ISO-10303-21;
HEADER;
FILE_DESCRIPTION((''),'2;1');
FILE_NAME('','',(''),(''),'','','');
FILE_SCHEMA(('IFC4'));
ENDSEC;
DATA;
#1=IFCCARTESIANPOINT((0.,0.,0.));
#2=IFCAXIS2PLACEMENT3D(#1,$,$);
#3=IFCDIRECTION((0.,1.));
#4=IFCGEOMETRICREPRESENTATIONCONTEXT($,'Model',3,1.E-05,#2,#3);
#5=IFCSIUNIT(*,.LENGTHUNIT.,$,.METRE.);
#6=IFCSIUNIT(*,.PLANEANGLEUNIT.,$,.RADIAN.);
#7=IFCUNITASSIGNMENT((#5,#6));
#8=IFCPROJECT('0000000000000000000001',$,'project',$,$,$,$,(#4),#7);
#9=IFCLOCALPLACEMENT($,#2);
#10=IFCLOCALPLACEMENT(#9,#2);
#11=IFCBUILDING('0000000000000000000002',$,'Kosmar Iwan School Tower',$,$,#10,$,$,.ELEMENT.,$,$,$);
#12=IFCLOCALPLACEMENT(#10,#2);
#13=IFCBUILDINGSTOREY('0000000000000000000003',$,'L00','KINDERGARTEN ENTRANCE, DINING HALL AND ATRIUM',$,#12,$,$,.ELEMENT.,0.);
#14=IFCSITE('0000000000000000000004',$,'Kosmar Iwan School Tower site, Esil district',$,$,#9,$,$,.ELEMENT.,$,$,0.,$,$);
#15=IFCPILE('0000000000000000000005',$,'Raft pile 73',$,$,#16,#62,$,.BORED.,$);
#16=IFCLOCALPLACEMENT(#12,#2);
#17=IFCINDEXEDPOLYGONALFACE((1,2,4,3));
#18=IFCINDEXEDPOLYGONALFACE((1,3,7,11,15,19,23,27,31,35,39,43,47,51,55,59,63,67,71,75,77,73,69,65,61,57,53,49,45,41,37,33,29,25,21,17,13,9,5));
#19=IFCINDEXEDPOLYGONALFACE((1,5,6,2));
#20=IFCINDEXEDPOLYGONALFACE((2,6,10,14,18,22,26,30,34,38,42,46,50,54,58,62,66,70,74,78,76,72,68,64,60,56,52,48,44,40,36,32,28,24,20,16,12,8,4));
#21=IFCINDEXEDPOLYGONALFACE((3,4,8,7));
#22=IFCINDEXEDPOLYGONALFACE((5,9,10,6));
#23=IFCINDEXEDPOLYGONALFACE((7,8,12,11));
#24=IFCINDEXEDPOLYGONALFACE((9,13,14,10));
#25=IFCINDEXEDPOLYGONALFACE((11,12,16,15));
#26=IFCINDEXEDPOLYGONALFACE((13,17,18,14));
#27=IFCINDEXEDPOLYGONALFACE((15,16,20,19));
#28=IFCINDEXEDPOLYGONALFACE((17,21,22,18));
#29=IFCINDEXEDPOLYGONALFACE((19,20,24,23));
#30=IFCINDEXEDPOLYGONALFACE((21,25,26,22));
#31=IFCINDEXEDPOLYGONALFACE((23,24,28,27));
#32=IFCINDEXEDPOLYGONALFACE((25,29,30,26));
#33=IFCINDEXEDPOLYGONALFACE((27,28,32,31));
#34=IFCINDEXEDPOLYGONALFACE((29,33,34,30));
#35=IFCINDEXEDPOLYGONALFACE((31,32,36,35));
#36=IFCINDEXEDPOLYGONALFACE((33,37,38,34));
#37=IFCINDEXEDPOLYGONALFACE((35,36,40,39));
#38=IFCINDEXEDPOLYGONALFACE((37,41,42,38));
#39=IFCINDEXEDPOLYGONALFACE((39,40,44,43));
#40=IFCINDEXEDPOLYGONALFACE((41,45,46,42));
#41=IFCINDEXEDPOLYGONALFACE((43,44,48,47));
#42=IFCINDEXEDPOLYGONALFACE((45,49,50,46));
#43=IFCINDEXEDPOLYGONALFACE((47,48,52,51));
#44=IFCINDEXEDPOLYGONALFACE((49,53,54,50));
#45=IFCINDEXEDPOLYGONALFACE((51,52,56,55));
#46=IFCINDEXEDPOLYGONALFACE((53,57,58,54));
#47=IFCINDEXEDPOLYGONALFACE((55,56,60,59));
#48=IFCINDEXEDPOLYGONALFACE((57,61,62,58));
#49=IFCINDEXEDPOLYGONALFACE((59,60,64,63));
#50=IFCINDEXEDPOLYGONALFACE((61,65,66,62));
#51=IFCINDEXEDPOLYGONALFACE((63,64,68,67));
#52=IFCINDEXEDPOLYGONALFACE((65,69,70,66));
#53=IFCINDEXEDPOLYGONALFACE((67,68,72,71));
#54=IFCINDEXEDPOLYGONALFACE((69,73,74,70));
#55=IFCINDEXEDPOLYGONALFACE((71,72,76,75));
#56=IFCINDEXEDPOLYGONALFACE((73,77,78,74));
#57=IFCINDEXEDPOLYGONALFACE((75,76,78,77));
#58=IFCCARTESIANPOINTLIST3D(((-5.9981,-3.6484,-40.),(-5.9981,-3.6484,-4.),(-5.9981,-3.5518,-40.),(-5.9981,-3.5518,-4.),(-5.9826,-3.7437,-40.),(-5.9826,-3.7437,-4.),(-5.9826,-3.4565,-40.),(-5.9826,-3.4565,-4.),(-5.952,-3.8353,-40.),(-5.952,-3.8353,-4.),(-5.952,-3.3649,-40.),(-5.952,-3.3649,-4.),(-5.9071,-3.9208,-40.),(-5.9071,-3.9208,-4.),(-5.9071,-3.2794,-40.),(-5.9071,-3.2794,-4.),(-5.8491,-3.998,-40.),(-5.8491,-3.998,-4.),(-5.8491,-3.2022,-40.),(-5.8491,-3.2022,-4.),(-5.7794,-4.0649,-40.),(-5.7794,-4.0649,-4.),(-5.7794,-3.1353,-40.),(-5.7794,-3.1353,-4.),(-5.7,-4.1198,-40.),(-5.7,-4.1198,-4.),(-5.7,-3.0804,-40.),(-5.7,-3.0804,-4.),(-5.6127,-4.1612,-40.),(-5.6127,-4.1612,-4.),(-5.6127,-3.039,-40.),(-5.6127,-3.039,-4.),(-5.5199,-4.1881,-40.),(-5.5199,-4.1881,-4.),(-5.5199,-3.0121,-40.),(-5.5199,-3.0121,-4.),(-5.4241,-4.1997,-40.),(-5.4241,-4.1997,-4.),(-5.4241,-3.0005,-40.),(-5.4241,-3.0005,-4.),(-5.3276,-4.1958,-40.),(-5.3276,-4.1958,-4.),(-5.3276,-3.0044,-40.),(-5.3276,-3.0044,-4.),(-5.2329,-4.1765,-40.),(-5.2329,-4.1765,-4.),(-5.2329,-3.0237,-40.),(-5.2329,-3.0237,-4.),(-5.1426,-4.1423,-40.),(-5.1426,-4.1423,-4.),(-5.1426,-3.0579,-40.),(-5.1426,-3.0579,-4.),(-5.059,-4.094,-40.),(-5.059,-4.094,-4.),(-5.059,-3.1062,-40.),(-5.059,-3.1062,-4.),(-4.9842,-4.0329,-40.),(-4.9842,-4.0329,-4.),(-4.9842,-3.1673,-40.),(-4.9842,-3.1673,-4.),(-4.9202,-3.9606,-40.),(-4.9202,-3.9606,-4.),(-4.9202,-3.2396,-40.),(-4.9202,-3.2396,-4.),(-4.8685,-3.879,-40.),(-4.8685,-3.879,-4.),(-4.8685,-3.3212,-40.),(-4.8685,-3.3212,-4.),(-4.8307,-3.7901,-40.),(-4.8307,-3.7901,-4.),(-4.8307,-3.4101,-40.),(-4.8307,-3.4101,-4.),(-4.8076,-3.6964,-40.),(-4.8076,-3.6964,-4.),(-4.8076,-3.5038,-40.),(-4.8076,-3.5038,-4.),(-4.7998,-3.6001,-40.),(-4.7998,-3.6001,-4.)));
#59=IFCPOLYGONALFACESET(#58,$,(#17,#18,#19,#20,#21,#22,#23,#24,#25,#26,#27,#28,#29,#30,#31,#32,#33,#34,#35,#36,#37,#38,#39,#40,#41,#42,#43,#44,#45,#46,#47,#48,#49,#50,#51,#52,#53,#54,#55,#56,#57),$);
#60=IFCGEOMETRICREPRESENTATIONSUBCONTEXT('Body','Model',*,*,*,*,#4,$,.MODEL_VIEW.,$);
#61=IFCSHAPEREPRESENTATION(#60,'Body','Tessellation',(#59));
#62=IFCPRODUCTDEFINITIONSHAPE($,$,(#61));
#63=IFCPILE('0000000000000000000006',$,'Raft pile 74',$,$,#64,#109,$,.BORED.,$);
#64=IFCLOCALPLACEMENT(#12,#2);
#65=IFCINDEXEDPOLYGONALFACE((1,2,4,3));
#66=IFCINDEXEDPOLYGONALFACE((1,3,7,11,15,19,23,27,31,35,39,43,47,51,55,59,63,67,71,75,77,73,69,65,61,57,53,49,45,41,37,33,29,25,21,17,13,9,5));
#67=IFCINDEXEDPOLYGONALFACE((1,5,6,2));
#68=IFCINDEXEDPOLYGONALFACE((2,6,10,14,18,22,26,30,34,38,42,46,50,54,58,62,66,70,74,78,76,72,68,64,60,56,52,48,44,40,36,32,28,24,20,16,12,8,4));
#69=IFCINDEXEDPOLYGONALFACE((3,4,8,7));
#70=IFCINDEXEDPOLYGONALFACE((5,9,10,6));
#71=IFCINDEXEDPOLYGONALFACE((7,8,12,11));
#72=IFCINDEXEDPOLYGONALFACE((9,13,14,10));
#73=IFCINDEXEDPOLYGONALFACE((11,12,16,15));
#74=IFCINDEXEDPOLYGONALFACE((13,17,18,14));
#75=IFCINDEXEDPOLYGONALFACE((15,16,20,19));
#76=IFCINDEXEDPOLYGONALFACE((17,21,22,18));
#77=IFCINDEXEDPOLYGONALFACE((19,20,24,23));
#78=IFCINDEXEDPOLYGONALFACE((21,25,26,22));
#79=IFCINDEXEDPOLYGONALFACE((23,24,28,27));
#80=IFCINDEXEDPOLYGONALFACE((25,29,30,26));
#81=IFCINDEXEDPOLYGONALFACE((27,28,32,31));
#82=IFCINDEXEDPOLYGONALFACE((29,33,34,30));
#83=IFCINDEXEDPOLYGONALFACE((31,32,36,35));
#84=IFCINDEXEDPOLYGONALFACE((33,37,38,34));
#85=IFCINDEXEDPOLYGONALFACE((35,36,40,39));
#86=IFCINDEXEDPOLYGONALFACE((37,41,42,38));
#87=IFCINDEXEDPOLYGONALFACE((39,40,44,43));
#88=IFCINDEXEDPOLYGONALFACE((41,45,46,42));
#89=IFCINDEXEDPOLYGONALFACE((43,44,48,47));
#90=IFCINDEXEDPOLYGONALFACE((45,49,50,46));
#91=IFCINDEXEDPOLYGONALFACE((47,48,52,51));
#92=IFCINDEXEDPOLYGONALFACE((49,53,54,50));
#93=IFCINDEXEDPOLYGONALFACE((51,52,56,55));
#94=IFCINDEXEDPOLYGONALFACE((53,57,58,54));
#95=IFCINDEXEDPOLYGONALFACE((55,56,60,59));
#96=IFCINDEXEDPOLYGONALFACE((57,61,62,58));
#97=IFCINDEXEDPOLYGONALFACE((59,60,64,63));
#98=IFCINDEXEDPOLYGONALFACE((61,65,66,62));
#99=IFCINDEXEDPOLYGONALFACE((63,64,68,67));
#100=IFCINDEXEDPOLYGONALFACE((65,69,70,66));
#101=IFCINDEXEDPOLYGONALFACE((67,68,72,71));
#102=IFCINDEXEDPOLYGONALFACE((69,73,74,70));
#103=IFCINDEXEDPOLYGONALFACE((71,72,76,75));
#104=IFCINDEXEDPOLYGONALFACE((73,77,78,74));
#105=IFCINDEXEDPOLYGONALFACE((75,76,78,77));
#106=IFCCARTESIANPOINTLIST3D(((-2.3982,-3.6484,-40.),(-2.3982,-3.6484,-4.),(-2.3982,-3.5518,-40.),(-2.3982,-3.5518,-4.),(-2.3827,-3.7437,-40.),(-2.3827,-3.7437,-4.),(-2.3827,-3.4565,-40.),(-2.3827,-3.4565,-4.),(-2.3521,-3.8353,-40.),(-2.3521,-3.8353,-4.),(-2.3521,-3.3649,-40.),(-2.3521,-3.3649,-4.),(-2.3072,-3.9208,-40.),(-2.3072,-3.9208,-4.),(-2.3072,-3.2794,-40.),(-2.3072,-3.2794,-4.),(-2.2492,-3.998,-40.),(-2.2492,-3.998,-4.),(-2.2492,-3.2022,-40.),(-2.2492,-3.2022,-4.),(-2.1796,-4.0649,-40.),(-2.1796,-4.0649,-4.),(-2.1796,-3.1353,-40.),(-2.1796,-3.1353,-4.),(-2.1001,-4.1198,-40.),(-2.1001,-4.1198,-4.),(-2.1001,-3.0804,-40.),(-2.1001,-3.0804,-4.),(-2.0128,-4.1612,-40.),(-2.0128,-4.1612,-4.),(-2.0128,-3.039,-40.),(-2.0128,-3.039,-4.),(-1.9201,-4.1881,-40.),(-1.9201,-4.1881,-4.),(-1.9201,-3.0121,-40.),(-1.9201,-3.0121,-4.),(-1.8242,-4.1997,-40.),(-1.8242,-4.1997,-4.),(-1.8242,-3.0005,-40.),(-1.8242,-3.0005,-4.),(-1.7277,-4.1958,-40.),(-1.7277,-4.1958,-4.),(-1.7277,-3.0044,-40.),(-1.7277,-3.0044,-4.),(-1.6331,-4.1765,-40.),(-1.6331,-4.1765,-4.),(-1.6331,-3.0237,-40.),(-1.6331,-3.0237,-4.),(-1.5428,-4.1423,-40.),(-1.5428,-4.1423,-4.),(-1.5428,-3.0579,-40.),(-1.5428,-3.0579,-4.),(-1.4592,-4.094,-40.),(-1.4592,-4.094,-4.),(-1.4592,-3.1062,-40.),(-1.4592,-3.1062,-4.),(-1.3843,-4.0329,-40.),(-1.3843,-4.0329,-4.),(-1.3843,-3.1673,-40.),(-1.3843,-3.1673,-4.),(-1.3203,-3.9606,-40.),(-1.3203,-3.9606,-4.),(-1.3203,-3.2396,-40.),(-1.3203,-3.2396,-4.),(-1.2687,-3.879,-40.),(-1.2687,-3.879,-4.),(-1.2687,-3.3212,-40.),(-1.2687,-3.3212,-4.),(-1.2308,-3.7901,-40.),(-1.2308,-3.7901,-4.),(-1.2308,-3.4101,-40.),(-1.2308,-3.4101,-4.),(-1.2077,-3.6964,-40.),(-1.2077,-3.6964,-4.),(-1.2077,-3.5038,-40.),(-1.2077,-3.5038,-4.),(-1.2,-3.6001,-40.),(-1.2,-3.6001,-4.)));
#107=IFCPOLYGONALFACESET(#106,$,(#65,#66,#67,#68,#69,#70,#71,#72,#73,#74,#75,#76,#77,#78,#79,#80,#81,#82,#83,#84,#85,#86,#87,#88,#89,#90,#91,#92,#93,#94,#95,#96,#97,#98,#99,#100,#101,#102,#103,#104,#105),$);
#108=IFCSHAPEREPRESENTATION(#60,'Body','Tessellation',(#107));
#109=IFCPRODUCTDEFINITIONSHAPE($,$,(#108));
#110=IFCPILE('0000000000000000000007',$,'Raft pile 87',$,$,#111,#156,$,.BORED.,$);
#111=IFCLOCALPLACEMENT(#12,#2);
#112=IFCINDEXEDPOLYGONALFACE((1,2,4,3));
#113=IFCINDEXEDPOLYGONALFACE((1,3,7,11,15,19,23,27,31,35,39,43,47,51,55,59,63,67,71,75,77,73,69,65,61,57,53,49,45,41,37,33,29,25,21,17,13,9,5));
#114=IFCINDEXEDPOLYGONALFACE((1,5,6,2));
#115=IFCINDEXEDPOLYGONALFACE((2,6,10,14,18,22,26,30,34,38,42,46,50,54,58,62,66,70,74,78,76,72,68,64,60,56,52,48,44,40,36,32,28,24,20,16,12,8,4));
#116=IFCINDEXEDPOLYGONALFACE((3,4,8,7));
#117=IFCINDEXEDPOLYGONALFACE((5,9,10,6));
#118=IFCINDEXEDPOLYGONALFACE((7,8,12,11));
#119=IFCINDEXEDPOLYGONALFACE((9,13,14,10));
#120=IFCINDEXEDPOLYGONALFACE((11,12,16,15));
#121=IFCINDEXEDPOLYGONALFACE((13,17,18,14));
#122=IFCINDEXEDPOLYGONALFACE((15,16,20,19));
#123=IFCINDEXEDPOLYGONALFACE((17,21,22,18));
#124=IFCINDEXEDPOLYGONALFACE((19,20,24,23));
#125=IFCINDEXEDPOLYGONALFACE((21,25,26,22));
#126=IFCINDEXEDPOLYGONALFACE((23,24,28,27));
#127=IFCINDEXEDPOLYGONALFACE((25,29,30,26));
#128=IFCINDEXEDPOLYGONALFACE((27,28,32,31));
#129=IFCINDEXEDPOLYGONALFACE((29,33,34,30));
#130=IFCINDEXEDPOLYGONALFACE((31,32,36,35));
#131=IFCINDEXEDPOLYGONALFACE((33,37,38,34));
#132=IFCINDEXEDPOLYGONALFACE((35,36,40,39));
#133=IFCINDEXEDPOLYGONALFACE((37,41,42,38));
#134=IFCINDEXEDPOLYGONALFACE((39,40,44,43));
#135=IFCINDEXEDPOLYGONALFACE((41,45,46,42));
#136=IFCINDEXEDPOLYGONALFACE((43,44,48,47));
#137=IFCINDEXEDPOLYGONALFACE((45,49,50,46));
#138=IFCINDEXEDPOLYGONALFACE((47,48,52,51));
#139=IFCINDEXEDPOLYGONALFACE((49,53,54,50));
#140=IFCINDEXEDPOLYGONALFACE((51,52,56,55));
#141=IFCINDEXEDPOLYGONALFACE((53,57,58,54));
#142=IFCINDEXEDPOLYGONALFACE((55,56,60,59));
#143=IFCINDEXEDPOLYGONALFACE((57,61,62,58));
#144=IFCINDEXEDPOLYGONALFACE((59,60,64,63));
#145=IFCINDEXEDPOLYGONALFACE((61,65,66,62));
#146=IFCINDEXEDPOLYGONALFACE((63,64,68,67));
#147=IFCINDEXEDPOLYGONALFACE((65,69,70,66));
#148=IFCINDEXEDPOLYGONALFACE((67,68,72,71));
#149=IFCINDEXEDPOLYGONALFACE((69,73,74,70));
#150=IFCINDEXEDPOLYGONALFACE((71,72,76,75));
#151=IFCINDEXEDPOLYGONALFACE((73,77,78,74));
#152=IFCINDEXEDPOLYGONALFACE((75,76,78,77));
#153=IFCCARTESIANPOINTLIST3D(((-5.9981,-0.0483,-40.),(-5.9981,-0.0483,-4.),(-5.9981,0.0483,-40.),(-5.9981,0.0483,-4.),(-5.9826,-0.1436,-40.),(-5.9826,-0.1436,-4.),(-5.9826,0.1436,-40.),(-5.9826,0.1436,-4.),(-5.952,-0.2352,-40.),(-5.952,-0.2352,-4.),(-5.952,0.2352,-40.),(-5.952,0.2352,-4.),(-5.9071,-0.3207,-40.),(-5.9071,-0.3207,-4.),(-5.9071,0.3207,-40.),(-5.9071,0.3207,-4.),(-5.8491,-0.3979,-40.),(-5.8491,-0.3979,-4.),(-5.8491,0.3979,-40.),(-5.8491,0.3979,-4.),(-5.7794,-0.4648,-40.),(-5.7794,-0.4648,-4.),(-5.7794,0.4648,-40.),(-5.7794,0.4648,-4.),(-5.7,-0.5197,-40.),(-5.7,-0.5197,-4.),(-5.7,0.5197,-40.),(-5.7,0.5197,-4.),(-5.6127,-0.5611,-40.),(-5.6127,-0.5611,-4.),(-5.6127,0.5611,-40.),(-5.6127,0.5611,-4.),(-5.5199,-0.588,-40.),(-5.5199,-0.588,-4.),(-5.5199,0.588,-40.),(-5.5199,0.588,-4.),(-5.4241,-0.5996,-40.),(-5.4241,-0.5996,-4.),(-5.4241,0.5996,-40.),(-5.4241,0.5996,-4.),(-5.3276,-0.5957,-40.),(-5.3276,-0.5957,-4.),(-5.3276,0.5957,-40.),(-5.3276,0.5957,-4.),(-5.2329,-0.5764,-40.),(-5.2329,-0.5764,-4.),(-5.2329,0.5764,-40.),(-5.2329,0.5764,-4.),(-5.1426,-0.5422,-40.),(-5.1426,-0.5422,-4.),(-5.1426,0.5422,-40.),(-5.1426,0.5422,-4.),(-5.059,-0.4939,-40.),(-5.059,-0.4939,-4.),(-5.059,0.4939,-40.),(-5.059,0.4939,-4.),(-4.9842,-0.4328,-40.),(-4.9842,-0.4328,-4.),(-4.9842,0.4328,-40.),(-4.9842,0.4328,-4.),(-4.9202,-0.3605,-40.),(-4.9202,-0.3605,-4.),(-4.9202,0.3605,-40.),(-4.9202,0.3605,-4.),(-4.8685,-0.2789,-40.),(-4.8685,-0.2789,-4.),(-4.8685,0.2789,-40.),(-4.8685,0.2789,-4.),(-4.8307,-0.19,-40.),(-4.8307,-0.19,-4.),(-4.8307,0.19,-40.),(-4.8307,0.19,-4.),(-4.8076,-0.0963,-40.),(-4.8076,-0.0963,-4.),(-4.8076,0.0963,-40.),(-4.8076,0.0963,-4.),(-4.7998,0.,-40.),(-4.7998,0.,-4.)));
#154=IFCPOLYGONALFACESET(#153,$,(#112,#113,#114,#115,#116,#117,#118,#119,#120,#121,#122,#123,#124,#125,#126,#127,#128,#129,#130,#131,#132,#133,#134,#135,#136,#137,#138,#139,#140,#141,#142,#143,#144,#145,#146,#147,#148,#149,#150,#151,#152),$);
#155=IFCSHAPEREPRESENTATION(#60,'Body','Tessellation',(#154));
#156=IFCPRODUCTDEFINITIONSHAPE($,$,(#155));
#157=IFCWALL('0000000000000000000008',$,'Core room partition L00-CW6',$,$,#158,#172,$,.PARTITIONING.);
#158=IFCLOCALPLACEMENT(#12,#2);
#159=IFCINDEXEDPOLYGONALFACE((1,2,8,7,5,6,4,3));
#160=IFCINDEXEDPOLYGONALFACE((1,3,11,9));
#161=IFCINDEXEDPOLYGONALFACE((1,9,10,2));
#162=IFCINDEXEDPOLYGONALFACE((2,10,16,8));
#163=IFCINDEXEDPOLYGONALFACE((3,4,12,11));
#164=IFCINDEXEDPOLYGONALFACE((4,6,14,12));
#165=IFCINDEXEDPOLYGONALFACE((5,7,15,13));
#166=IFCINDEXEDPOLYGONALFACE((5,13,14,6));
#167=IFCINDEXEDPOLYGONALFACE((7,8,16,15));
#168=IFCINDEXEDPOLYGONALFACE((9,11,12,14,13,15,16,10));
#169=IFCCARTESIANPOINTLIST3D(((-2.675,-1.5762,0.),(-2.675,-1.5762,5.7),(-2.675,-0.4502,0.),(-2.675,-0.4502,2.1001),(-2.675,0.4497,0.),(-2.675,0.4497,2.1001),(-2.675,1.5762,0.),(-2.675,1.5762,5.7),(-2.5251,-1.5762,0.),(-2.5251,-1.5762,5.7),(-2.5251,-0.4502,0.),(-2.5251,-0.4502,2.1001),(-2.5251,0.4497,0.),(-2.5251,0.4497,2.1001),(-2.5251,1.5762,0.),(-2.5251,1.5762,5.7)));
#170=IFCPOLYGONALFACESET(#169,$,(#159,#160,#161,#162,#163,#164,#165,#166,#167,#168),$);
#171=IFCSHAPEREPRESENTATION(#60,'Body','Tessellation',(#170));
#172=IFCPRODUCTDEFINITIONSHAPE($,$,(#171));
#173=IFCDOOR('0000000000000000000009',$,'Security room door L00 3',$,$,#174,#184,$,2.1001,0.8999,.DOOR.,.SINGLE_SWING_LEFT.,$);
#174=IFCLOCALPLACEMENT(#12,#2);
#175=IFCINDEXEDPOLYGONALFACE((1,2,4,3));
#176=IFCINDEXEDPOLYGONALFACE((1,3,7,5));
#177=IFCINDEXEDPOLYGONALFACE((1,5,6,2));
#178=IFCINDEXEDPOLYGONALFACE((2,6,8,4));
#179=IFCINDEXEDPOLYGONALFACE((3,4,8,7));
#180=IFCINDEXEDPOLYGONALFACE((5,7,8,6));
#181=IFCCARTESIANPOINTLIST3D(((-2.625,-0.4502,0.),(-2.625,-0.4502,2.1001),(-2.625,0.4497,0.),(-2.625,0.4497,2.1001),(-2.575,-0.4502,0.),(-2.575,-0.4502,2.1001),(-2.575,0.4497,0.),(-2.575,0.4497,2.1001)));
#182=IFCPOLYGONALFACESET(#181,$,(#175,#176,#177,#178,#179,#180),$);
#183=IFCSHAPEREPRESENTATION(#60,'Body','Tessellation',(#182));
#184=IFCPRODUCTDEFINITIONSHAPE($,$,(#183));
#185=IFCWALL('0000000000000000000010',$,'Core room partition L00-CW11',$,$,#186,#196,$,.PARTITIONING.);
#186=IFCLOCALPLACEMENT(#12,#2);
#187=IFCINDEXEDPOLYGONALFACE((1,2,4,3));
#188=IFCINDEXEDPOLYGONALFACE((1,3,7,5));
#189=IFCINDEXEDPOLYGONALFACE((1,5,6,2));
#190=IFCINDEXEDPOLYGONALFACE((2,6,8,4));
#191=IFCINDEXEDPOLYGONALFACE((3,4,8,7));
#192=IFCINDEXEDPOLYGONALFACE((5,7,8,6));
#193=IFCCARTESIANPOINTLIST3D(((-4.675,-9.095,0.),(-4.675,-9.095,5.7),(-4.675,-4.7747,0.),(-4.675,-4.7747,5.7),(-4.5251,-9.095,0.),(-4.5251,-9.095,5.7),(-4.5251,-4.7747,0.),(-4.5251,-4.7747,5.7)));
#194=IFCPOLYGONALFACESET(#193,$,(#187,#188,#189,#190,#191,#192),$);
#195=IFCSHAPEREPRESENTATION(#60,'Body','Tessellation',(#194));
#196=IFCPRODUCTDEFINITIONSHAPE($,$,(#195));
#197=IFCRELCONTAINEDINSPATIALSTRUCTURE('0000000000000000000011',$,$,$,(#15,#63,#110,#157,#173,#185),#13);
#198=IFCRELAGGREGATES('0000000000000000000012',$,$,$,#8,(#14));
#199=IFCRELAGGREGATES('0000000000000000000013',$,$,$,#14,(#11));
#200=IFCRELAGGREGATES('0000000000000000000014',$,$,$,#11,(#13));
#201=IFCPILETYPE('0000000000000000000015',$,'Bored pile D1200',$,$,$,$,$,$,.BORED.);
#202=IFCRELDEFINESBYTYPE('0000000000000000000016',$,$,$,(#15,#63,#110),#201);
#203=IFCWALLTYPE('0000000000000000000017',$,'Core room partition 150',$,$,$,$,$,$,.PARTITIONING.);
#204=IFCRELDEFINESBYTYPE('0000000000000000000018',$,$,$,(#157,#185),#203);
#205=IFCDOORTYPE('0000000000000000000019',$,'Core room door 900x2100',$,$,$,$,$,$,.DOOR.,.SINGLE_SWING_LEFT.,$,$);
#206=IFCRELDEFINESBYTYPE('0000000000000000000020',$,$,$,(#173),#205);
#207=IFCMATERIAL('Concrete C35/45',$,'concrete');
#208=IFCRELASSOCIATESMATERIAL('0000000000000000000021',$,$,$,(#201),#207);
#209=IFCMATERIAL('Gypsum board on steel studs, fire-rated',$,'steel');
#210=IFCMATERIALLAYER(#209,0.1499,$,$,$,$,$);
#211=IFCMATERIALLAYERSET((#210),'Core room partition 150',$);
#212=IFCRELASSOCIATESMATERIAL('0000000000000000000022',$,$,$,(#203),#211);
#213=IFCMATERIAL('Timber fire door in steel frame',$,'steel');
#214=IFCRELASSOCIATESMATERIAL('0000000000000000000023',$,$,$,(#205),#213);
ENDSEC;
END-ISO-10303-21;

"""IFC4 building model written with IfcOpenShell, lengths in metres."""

from ifc_helpers import new_model, si_unit, direction, frame, frame_2d, origin, origin_2d, place, context, subcontext, project, spatial, rectangle, circle, extrude, material, layer, layer_set, material_profile, profile_set, type_object, element, fill, save


model = new_model("IFC4")

# Units and contexts
model_context = context("Model", 3, precision=1e-05, world=origin(), true_north=direction((0.0, 1.0)))
body_context = subcontext(model_context, "Body", "Model", "MODEL_VIEW")
ifc_project = project(units=[si_unit("LENGTHUNIT", "METRE"), si_unit("PLANEANGLEUNIT", "RADIAN")], contexts=[model_context])

# Site, building, storey
site_placement = place(None, origin())
site = spatial("IfcSite", under=ifc_project, at=site_placement, Name="Kosmar Iwan School Tower site, Esil district", CompositionType="ELEMENT", RefElevation=0.0)
building_placement = place(site_placement, origin())
building = spatial("IfcBuilding", under=site, at=building_placement, Name="Kosmar Iwan School Tower", CompositionType="ELEMENT")
storey_placement = place(building_placement, origin())
storey = spatial("IfcBuildingStorey", under=building, at=storey_placement, Name="L00", Description="KINDERGARTEN ENTRANCE, DINING HALL AND ATRIUM", CompositionType="ELEMENT", Elevation=0.0)

# Piles
ifc_material_1 = material(Name="Concrete C35/45", Category="concrete")
ifc_material_profile = material_profile(ifc_material_1, circle(Radius=0.6001, at=origin_2d()), Name="D1200")
ifc_profile_set = profile_set([ifc_material_profile], Name="Concrete C35/45")
pile_type = type_object("IfcPileType", Name="Bored pile D1200", PredefinedType="BORED", material=ifc_profile_set)
for number, where, z_axis, x_axis, name in (
    (1, (-5.3999, -3.6001, -4.0), (0.0, 0.0, -1.0), (1.0, 0.0, 0.0), "Raft pile 73"),
    (2, (-1.8, -3.6001, -4.0), (0.0, 0.0, -1.0), (1.0, 0.0, 0.0), "Raft pile 74"),
    (3, (-5.3999, 0.0, -4.0), (0.0, 0.0, -1.0), (1.0, 0.0, 0.0), "Raft pile 87"),
):
    element("IfcPile", number, at=place(storey_placement, frame(where, z_axis=z_axis, x_axis=x_axis)), inside=storey, type_object=pile_type, Name=name, PredefinedType="BORED", context=body_context, shape_type="SweptSolid", body=[
        extrude(circle(Radius=0.6001, at=origin_2d()), origin(), (0.0, 0.0, 1.0), 36.0),
    ])

# Wall, opening, door
ifc_material_2 = material(Name="Gypsum board on steel studs, fire-rated", Category="steel")
ifc_layer_1 = layer(ifc_material_2, 0.1499)
ifc_layer_set_1 = layer_set([ifc_layer_1], Name="Core room partition 150")
wall_type_1 = type_object("IfcWallType", Name="Core room partition 150", PredefinedType="PARTITIONING", material=ifc_layer_set_1)
wall_1_placement = place(storey_placement, frame((-2.6001, -1.5762, 0.0), z_axis=(0.0, 0.0, 1.0), x_axis=(0.0, 1.0, 0.0)))
wall_1 = element("IfcWall", 4, at=wall_1_placement, inside=storey, type_object=wall_type_1, Name="Core room partition L00-CW6", PredefinedType="PARTITIONING", context=body_context, shape_type="SweptSolid", body=[
    extrude(rectangle(XDim=3.1523, YDim=0.1499, at=frame_2d((1.5762, 0.0))), origin(), (0.0, 0.0, 1.0), 5.7),
])
opening_1_placement = place(wall_1_placement, frame((1.126, 0.0, 0.0)))
opening_1 = element("IfcOpeningElement", 5, at=opening_1_placement, cuts=wall_1, PredefinedType="OPENING", context=body_context, shape_type="SweptSolid", body=[
    extrude(rectangle(XDim=0.8999, YDim=2.1001, at=frame_2d((0.45, 1.05))), frame((0.0, 0.0869, 0.0), z_axis=(0.0, -1.0, 0.0), x_axis=(1.0, 0.0, 0.0)), (0.0, 0.0, 1.0), 0.1738),
])
ifc_material_3 = material(Name="Timber fire door in steel frame", Category="steel")
door_type_1 = type_object("IfcDoorType", Name="Core room door 900x2100", OperationType="SINGLE_SWING_LEFT", PredefinedType="DOOR", material=ifc_material_3)
door_1_placement = place(opening_1_placement, origin())
door_1 = element("IfcDoor", 6, at=door_1_placement, inside=storey, type_object=door_type_1, Name="Security room door L00 3", OperationType="SINGLE_SWING_LEFT", OverallHeight=2.1001, OverallWidth=0.8999, PredefinedType="DOOR", context=body_context, shape_type="SweptSolid", body=[
    extrude(rectangle(XDim=0.8999, YDim=2.1001, at=frame_2d((0.45, 1.05))), frame((0.0, 0.0249, 0.0), z_axis=(0.0, -1.0, 0.0), x_axis=(1.0, 0.0, 0.0)), (0.0, 0.0, 1.0), 0.05),
])
fill(opening_1, door_1)

# Wall
wall_2_placement = place(storey_placement, frame((-4.6001, -4.7747, 0.0), z_axis=(0.0, 0.0, 1.0), x_axis=(0.0, -1.0, 0.0)))
element("IfcWall", 7, at=wall_2_placement, inside=storey, type_object=wall_type_1, Name="Core room partition L00-CW11", PredefinedType="PARTITIONING", context=body_context, shape_type="SweptSolid", body=[
    extrude(rectangle(XDim=4.3203, YDim=0.1499, at=frame_2d((2.1602, 0.0))), origin(), (0.0, 0.0, 1.0), 5.7),
])

save(model, "model.ifc")
